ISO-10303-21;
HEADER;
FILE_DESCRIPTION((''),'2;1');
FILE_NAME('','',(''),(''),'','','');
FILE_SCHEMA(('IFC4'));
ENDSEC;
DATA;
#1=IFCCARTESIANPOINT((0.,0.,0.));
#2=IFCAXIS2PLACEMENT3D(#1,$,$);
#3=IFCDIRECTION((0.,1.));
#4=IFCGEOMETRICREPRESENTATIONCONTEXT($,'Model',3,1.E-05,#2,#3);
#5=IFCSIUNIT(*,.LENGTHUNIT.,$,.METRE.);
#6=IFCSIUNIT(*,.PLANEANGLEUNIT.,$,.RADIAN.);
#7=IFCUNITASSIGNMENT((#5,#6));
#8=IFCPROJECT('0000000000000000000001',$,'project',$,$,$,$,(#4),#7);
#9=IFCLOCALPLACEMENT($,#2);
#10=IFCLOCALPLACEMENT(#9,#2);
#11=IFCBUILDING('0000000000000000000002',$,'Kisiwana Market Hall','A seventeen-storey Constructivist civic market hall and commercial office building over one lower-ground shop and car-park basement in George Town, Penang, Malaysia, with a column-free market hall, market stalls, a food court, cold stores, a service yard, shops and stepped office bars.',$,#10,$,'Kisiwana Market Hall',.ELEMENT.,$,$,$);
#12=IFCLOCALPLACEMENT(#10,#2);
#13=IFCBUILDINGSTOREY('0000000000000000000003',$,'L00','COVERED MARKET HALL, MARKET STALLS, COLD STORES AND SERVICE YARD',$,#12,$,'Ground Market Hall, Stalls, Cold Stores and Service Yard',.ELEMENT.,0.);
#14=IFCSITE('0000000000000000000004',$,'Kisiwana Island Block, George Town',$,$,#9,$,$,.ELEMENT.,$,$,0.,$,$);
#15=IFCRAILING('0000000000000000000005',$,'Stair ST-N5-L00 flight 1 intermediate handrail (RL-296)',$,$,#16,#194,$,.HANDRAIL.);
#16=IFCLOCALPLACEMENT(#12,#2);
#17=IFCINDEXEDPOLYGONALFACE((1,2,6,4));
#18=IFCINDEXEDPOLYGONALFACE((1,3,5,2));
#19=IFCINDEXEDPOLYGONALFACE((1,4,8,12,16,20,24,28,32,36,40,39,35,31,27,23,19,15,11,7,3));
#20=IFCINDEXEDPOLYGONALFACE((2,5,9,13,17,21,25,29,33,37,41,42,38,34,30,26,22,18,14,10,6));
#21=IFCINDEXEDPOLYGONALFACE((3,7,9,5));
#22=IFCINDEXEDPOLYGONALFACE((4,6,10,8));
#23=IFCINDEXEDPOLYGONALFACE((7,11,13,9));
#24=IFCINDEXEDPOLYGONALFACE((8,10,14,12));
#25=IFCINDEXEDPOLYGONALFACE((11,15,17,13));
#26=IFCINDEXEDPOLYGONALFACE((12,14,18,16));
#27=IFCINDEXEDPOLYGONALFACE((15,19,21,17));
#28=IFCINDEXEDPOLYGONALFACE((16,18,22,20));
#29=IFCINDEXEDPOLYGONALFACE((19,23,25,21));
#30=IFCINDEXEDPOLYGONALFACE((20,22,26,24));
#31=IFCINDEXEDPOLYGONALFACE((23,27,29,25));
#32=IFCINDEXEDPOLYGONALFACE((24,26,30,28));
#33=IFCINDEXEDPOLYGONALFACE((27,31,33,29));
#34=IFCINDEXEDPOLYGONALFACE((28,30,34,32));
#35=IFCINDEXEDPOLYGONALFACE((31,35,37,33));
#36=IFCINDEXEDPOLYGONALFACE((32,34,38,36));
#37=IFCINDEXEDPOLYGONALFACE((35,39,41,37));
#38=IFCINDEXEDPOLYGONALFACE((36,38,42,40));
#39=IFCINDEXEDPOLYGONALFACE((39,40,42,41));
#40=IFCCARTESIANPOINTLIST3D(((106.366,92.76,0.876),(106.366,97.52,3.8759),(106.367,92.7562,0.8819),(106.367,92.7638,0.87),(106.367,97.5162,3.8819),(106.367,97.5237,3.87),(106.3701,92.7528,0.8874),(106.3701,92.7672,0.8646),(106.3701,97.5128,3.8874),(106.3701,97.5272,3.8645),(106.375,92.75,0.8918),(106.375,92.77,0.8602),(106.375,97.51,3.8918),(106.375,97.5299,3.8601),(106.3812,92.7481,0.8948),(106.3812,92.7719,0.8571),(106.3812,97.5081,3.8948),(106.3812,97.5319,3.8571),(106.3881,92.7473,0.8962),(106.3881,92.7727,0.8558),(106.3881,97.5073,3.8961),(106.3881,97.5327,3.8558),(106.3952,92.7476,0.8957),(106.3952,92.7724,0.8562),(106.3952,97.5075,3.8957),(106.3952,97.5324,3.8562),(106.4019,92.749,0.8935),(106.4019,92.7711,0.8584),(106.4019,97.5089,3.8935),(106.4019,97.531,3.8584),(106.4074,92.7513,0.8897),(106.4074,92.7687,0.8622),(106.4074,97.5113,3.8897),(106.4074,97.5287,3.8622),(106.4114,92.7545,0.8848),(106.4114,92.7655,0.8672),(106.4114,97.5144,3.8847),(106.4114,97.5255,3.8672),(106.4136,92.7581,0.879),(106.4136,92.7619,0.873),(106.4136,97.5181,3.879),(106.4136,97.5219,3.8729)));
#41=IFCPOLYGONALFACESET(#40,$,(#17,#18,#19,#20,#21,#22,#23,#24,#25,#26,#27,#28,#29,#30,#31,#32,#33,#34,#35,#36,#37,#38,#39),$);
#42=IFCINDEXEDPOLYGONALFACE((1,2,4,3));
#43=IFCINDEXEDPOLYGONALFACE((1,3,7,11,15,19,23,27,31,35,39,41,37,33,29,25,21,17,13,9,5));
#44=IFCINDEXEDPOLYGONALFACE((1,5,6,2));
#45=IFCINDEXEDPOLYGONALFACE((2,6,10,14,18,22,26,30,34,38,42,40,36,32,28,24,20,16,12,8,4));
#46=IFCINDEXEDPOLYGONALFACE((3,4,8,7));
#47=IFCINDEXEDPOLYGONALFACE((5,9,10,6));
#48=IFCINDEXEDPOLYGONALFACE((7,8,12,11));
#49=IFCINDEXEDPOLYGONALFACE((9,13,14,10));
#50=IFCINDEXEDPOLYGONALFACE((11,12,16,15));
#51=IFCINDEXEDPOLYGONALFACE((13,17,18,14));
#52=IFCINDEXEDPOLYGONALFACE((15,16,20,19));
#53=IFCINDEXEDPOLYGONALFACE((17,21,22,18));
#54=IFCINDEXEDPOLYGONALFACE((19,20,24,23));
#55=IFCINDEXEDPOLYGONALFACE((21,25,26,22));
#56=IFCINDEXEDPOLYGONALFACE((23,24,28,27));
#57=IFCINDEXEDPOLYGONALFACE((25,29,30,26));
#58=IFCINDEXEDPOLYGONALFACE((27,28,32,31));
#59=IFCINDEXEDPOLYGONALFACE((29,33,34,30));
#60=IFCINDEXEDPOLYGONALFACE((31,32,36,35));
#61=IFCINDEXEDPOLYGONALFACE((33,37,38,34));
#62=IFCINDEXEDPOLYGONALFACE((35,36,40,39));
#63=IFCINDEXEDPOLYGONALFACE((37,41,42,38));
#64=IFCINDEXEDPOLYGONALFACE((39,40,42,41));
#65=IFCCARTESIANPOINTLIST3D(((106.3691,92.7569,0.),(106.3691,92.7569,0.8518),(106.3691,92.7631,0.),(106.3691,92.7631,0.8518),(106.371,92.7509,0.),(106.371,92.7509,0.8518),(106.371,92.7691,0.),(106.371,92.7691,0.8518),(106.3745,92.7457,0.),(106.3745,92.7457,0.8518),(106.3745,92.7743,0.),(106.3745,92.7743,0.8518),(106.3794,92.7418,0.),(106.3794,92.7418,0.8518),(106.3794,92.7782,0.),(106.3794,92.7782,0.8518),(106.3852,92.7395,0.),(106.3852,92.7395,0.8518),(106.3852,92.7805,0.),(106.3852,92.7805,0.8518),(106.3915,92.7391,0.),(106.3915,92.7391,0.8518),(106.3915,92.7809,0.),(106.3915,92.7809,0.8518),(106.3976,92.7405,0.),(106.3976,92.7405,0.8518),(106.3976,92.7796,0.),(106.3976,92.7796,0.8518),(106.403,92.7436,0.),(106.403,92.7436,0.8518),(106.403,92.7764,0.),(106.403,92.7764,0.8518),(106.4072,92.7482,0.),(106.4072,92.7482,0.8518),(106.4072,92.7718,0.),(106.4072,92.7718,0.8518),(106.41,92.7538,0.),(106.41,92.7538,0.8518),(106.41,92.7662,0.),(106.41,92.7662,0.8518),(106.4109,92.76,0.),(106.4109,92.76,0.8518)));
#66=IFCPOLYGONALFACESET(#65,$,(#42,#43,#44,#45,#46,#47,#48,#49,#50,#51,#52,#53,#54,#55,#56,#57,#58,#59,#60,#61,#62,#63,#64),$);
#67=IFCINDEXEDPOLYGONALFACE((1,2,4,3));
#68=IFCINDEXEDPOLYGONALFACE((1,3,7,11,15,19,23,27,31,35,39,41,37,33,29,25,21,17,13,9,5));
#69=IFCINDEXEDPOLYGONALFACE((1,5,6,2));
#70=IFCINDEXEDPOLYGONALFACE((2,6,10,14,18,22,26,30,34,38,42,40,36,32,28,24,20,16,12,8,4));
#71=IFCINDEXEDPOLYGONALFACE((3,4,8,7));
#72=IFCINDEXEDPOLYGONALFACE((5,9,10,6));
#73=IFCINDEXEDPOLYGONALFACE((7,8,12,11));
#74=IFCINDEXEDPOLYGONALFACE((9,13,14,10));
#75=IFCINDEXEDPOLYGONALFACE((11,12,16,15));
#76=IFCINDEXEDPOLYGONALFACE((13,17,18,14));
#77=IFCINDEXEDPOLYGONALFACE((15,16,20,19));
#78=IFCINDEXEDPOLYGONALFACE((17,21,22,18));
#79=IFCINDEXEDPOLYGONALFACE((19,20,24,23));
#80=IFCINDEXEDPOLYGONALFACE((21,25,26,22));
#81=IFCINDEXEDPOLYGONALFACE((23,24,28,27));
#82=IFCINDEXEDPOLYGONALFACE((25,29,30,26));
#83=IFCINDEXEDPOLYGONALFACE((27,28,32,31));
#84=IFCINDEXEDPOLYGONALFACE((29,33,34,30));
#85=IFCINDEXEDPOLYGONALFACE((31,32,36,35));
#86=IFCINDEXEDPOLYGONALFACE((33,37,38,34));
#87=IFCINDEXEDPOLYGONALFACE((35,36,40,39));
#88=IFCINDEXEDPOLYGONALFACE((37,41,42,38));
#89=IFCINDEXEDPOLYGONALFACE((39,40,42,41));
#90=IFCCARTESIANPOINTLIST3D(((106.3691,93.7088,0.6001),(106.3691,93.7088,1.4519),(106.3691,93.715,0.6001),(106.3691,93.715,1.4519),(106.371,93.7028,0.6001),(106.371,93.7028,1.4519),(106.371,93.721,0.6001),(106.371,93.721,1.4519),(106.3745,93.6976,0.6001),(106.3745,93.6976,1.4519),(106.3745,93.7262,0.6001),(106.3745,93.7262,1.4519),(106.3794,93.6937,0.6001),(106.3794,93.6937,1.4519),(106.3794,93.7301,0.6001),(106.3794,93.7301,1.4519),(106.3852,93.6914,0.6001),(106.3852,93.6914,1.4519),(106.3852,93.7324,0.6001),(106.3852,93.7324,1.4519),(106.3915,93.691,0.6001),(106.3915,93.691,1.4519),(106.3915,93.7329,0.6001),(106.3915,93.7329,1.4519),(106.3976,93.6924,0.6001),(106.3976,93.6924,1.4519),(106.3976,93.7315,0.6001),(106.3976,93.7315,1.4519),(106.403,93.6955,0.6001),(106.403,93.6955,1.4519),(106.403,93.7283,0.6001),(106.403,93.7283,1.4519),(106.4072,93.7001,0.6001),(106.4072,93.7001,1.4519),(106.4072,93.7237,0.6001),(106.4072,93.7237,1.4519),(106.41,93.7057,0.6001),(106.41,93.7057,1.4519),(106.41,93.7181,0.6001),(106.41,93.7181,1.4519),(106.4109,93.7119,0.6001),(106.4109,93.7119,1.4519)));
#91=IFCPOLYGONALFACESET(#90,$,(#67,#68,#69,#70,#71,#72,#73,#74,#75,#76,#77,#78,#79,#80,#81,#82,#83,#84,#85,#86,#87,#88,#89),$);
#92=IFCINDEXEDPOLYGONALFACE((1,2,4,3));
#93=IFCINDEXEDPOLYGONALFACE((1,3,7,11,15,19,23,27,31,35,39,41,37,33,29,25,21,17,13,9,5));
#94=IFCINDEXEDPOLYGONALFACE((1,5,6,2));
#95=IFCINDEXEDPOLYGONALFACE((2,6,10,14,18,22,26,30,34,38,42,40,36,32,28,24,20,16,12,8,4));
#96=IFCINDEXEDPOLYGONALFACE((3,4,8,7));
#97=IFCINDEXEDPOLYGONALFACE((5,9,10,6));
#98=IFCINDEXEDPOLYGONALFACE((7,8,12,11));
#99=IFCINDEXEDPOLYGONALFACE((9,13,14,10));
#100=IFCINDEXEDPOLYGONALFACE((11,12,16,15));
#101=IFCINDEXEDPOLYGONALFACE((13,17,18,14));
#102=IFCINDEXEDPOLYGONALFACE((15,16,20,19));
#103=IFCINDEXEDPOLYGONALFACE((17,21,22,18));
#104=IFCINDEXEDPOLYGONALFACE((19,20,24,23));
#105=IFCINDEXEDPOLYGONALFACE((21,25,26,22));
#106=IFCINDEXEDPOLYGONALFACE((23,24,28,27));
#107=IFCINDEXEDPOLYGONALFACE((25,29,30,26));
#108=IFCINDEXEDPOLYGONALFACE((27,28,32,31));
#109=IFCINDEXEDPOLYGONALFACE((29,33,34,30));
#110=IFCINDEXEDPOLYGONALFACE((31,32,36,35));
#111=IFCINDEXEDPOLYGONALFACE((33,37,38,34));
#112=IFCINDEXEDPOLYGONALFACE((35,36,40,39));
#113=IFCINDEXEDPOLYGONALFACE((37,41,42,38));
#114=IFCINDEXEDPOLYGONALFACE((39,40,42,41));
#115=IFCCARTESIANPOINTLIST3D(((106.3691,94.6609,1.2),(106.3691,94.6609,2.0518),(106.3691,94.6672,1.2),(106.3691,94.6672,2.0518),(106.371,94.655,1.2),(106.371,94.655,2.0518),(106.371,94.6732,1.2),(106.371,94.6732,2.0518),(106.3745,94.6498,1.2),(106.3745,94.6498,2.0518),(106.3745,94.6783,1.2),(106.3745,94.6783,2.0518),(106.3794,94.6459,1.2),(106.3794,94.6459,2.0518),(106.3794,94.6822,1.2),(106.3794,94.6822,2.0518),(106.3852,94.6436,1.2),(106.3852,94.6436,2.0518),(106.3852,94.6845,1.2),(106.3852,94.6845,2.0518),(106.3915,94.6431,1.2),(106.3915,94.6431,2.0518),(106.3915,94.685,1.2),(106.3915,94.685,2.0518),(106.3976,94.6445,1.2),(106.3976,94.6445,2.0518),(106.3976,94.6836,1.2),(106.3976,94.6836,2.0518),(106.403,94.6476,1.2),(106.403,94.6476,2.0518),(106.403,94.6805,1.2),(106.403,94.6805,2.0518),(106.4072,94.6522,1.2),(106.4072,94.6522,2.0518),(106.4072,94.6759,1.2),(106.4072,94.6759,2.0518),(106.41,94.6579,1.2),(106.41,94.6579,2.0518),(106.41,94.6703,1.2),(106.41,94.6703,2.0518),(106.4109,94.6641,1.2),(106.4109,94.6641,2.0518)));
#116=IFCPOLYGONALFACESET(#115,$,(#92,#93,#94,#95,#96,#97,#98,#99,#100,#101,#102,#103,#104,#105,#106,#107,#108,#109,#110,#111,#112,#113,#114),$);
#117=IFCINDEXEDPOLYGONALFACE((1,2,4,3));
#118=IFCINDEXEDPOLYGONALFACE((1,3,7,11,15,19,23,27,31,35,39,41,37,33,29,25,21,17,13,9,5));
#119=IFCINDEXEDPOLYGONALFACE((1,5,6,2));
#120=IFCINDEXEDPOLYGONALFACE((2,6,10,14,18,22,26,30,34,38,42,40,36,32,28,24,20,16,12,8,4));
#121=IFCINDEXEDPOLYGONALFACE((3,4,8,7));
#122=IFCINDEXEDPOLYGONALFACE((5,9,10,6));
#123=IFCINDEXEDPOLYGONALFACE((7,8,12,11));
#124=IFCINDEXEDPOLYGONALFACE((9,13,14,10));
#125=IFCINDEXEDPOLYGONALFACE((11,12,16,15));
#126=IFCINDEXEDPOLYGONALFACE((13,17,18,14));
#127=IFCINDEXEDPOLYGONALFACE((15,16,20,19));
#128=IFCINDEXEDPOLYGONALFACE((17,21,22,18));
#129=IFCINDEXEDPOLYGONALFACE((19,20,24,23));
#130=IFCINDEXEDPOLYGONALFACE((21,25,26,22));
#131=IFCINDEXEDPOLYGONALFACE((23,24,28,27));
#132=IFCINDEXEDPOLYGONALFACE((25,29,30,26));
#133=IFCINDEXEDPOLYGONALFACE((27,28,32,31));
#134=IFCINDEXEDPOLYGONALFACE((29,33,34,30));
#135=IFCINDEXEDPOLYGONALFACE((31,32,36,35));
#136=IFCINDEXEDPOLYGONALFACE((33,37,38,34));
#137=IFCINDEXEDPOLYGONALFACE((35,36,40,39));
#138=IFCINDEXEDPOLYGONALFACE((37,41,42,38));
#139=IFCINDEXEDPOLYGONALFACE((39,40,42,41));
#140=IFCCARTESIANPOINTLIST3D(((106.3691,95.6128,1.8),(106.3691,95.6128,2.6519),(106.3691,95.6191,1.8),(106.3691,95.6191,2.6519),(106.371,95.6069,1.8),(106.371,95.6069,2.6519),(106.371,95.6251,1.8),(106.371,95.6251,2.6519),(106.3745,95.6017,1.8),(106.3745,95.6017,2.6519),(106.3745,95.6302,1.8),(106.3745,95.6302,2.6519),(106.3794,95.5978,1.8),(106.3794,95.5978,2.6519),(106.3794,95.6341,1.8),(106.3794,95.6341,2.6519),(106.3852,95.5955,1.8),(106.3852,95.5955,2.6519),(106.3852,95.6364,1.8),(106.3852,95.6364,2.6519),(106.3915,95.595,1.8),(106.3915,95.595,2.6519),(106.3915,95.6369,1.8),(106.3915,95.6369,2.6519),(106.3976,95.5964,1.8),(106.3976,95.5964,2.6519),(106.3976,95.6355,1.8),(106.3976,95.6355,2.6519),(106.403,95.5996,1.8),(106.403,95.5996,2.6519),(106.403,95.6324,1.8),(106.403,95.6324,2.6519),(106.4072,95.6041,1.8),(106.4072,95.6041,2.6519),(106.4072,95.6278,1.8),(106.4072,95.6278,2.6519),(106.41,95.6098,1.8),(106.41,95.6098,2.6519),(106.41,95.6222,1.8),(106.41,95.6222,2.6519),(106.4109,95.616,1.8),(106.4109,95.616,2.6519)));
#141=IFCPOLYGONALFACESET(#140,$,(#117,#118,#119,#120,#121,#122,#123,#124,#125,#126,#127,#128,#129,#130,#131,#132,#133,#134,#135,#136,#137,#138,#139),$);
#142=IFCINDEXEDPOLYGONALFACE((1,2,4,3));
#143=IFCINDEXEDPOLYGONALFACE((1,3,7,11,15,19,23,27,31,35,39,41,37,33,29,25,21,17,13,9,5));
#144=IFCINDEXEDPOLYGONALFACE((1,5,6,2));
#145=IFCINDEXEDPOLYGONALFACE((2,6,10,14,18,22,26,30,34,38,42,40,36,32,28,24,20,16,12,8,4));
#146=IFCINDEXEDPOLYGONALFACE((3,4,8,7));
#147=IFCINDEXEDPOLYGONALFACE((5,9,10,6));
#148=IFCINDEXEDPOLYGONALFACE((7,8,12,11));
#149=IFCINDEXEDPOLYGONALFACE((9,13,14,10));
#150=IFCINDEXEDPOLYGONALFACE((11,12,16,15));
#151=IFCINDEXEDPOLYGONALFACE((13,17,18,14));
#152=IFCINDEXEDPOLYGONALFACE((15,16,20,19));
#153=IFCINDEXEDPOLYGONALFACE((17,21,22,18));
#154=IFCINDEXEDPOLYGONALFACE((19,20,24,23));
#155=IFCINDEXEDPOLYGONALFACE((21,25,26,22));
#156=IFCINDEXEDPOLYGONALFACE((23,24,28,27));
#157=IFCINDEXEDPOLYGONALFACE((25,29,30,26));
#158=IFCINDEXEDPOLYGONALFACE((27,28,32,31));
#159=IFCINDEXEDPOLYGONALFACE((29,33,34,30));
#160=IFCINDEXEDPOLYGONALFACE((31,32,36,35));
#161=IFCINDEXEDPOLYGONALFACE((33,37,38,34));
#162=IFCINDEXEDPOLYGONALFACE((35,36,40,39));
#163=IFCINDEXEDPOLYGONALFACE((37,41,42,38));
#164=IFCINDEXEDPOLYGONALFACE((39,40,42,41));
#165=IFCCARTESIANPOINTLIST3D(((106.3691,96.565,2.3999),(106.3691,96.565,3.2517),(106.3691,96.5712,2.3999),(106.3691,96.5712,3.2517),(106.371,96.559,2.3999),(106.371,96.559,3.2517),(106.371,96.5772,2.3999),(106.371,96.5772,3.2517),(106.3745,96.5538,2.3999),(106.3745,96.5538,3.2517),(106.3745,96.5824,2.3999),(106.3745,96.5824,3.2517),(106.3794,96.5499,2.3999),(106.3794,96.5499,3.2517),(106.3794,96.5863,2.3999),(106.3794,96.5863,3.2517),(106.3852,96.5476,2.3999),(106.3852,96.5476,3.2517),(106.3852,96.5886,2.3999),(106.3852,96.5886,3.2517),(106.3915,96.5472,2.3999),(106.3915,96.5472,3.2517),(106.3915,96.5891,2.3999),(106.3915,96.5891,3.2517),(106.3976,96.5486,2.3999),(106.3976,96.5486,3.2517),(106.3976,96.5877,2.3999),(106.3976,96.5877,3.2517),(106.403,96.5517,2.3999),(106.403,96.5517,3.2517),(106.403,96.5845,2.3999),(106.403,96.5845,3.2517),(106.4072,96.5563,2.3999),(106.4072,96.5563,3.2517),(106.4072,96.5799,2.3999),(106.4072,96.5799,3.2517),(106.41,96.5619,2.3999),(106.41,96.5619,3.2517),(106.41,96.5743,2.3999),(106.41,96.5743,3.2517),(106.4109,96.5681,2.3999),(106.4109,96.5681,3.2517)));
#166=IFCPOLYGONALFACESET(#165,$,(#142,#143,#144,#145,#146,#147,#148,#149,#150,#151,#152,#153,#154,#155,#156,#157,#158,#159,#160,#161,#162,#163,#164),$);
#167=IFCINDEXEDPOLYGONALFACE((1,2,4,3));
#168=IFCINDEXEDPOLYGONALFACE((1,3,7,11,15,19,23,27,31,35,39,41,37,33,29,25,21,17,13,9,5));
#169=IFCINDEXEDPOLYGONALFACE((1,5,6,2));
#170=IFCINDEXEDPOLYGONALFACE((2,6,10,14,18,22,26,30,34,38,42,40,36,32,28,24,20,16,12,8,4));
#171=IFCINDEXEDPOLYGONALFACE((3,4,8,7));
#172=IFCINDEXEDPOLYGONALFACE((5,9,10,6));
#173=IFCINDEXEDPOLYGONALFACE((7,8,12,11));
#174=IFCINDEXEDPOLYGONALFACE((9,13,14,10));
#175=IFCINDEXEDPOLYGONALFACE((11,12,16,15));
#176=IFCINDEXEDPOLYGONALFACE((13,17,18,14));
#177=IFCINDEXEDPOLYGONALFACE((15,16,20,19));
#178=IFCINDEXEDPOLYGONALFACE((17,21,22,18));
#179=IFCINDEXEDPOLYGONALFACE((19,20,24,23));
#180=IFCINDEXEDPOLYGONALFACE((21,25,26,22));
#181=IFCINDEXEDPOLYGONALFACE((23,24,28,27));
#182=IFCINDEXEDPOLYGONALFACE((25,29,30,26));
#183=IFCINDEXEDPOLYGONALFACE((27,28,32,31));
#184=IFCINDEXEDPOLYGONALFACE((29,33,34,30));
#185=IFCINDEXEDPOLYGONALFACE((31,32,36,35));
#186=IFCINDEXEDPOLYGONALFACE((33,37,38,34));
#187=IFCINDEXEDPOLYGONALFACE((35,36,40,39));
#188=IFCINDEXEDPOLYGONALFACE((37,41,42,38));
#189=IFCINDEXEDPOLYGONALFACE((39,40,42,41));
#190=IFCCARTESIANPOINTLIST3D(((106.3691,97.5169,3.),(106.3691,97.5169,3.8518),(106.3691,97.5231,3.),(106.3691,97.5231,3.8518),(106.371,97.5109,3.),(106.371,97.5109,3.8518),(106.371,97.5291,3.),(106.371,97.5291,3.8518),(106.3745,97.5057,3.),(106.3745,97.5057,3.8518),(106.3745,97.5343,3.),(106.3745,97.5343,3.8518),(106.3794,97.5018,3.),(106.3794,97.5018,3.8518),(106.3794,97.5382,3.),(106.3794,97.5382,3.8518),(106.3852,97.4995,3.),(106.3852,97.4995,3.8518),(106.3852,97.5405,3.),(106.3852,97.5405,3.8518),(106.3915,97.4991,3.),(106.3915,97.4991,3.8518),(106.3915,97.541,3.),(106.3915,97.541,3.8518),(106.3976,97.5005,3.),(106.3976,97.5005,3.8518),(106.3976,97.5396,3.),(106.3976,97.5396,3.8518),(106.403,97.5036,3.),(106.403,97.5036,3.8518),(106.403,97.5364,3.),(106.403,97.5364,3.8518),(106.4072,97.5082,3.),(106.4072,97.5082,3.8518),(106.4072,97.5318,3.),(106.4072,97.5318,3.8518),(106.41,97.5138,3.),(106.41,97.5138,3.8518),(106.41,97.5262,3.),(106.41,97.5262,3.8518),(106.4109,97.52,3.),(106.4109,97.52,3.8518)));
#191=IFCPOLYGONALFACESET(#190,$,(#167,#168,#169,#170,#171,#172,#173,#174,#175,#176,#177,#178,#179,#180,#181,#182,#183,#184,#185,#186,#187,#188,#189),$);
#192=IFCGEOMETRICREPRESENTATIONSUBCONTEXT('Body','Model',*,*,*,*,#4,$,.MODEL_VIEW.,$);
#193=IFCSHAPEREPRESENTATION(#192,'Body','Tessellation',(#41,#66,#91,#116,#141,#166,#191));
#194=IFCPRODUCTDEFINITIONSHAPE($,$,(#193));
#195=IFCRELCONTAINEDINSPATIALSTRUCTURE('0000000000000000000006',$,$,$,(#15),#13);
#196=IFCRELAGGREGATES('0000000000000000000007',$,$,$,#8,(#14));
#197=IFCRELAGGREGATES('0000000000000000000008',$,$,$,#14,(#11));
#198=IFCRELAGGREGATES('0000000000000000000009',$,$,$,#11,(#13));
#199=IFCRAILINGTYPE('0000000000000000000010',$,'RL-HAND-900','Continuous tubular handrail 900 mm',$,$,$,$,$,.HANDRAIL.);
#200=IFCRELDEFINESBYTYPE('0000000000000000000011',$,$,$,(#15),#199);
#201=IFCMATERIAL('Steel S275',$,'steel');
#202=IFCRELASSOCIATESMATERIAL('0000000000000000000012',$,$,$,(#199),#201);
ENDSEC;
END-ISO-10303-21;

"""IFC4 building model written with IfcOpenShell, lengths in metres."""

from ifc_helpers import new_model, si_unit, direction, frame, origin, origin_2d, place, context, subcontext, project, spatial, circle, extrude, material, type_object, element, save


model = new_model("IFC4")

# Units and contexts
model_context = context("Model", 3, precision=1e-05, world=origin(), true_north=direction((0.0, 1.0)))
body_context = subcontext(model_context, "Body", "Model", "MODEL_VIEW")
ifc_project = project(units=[si_unit("LENGTHUNIT", "METRE"), si_unit("PLANEANGLEUNIT", "RADIAN")], contexts=[model_context])

# Site, building, storey
site_placement = place(None, origin())
site = spatial("IfcSite", under=ifc_project, at=site_placement, Name="Kisiwana Island Block, George Town", CompositionType="ELEMENT", RefElevation=0.0)
building_placement = place(site_placement, origin())
building = spatial("IfcBuilding", under=site, at=building_placement, Name="Kisiwana Market Hall", Description="A seventeen-storey Constructivist civic market hall and commercial office building over one lower-ground shop and car-park basement in George Town, Penang, Malaysia, with a column-free market hall, market stalls, a food court, cold stores, a service yard, shops and stepped office bars.", LongName="Kisiwana Market Hall", CompositionType="ELEMENT")
storey_placement = place(building_placement, origin())
storey = spatial("IfcBuildingStorey", under=building, at=storey_placement, Name="L00", Description="COVERED MARKET HALL, MARKET STALLS, COLD STORES AND SERVICE YARD", LongName="Ground Market Hall, Stalls, Cold Stores and Service Yard", CompositionType="ELEMENT", Elevation=0.0)

# Railing
ifc_material_1 = material(Name="Steel S275", Category="steel")
railing_type_1 = type_object("IfcRailingType", Name="RL-HAND-900", Description="Continuous tubular handrail 900 mm", PredefinedType="HANDRAIL", material=ifc_material_1)
for number, where, name in (
    (1, (106.3899, 92.76, 0.0), "Stair ST-N5-L00 flight 1 intermediate handrail (RL-296)"),
):
    element("IfcRailing", number, at=place(storey_placement, frame(where)), inside=storey, type_object=railing_type_1, Name=name, PredefinedType="HANDRAIL", context=body_context, shape_type="SweptSolid", body=[
        extrude(circle(Radius=0.0239, at=origin_2d()), frame((0.0, 0.0, 0.876), z_axis=(0.0, 0.845996, 0.53319), x_axis=(-1.0, 0.0, 0.0)), (0.0, 0.0, 1.0), 5.6265),
        extrude(circle(Radius=0.021, at=origin_2d()), origin(), (0.0, 0.0, 1.0), 0.8518),
        extrude(circle(Radius=0.021, at=origin_2d()), frame((0.0, 0.9519, 0.6001)), (0.0, 0.0, 1.0), 0.8518),
        extrude(circle(Radius=0.021, at=origin_2d()), frame((0.0, 1.9041, 1.2)), (0.0, 0.0, 1.0), 0.8518),
        extrude(circle(Radius=0.021, at=origin_2d()), frame((0.0, 2.856, 1.8)), (0.0, 0.0, 1.0), 0.8518),
        extrude(circle(Radius=0.021, at=origin_2d()), frame((0.0, 3.8081, 2.3999)), (0.0, 0.0, 1.0), 0.8518),
        extrude(circle(Radius=0.021, at=origin_2d()), frame((0.0, 4.76, 3.0)), (0.0, 0.0, 1.0), 0.8518),
    ])

save(model, "model.ifc")
